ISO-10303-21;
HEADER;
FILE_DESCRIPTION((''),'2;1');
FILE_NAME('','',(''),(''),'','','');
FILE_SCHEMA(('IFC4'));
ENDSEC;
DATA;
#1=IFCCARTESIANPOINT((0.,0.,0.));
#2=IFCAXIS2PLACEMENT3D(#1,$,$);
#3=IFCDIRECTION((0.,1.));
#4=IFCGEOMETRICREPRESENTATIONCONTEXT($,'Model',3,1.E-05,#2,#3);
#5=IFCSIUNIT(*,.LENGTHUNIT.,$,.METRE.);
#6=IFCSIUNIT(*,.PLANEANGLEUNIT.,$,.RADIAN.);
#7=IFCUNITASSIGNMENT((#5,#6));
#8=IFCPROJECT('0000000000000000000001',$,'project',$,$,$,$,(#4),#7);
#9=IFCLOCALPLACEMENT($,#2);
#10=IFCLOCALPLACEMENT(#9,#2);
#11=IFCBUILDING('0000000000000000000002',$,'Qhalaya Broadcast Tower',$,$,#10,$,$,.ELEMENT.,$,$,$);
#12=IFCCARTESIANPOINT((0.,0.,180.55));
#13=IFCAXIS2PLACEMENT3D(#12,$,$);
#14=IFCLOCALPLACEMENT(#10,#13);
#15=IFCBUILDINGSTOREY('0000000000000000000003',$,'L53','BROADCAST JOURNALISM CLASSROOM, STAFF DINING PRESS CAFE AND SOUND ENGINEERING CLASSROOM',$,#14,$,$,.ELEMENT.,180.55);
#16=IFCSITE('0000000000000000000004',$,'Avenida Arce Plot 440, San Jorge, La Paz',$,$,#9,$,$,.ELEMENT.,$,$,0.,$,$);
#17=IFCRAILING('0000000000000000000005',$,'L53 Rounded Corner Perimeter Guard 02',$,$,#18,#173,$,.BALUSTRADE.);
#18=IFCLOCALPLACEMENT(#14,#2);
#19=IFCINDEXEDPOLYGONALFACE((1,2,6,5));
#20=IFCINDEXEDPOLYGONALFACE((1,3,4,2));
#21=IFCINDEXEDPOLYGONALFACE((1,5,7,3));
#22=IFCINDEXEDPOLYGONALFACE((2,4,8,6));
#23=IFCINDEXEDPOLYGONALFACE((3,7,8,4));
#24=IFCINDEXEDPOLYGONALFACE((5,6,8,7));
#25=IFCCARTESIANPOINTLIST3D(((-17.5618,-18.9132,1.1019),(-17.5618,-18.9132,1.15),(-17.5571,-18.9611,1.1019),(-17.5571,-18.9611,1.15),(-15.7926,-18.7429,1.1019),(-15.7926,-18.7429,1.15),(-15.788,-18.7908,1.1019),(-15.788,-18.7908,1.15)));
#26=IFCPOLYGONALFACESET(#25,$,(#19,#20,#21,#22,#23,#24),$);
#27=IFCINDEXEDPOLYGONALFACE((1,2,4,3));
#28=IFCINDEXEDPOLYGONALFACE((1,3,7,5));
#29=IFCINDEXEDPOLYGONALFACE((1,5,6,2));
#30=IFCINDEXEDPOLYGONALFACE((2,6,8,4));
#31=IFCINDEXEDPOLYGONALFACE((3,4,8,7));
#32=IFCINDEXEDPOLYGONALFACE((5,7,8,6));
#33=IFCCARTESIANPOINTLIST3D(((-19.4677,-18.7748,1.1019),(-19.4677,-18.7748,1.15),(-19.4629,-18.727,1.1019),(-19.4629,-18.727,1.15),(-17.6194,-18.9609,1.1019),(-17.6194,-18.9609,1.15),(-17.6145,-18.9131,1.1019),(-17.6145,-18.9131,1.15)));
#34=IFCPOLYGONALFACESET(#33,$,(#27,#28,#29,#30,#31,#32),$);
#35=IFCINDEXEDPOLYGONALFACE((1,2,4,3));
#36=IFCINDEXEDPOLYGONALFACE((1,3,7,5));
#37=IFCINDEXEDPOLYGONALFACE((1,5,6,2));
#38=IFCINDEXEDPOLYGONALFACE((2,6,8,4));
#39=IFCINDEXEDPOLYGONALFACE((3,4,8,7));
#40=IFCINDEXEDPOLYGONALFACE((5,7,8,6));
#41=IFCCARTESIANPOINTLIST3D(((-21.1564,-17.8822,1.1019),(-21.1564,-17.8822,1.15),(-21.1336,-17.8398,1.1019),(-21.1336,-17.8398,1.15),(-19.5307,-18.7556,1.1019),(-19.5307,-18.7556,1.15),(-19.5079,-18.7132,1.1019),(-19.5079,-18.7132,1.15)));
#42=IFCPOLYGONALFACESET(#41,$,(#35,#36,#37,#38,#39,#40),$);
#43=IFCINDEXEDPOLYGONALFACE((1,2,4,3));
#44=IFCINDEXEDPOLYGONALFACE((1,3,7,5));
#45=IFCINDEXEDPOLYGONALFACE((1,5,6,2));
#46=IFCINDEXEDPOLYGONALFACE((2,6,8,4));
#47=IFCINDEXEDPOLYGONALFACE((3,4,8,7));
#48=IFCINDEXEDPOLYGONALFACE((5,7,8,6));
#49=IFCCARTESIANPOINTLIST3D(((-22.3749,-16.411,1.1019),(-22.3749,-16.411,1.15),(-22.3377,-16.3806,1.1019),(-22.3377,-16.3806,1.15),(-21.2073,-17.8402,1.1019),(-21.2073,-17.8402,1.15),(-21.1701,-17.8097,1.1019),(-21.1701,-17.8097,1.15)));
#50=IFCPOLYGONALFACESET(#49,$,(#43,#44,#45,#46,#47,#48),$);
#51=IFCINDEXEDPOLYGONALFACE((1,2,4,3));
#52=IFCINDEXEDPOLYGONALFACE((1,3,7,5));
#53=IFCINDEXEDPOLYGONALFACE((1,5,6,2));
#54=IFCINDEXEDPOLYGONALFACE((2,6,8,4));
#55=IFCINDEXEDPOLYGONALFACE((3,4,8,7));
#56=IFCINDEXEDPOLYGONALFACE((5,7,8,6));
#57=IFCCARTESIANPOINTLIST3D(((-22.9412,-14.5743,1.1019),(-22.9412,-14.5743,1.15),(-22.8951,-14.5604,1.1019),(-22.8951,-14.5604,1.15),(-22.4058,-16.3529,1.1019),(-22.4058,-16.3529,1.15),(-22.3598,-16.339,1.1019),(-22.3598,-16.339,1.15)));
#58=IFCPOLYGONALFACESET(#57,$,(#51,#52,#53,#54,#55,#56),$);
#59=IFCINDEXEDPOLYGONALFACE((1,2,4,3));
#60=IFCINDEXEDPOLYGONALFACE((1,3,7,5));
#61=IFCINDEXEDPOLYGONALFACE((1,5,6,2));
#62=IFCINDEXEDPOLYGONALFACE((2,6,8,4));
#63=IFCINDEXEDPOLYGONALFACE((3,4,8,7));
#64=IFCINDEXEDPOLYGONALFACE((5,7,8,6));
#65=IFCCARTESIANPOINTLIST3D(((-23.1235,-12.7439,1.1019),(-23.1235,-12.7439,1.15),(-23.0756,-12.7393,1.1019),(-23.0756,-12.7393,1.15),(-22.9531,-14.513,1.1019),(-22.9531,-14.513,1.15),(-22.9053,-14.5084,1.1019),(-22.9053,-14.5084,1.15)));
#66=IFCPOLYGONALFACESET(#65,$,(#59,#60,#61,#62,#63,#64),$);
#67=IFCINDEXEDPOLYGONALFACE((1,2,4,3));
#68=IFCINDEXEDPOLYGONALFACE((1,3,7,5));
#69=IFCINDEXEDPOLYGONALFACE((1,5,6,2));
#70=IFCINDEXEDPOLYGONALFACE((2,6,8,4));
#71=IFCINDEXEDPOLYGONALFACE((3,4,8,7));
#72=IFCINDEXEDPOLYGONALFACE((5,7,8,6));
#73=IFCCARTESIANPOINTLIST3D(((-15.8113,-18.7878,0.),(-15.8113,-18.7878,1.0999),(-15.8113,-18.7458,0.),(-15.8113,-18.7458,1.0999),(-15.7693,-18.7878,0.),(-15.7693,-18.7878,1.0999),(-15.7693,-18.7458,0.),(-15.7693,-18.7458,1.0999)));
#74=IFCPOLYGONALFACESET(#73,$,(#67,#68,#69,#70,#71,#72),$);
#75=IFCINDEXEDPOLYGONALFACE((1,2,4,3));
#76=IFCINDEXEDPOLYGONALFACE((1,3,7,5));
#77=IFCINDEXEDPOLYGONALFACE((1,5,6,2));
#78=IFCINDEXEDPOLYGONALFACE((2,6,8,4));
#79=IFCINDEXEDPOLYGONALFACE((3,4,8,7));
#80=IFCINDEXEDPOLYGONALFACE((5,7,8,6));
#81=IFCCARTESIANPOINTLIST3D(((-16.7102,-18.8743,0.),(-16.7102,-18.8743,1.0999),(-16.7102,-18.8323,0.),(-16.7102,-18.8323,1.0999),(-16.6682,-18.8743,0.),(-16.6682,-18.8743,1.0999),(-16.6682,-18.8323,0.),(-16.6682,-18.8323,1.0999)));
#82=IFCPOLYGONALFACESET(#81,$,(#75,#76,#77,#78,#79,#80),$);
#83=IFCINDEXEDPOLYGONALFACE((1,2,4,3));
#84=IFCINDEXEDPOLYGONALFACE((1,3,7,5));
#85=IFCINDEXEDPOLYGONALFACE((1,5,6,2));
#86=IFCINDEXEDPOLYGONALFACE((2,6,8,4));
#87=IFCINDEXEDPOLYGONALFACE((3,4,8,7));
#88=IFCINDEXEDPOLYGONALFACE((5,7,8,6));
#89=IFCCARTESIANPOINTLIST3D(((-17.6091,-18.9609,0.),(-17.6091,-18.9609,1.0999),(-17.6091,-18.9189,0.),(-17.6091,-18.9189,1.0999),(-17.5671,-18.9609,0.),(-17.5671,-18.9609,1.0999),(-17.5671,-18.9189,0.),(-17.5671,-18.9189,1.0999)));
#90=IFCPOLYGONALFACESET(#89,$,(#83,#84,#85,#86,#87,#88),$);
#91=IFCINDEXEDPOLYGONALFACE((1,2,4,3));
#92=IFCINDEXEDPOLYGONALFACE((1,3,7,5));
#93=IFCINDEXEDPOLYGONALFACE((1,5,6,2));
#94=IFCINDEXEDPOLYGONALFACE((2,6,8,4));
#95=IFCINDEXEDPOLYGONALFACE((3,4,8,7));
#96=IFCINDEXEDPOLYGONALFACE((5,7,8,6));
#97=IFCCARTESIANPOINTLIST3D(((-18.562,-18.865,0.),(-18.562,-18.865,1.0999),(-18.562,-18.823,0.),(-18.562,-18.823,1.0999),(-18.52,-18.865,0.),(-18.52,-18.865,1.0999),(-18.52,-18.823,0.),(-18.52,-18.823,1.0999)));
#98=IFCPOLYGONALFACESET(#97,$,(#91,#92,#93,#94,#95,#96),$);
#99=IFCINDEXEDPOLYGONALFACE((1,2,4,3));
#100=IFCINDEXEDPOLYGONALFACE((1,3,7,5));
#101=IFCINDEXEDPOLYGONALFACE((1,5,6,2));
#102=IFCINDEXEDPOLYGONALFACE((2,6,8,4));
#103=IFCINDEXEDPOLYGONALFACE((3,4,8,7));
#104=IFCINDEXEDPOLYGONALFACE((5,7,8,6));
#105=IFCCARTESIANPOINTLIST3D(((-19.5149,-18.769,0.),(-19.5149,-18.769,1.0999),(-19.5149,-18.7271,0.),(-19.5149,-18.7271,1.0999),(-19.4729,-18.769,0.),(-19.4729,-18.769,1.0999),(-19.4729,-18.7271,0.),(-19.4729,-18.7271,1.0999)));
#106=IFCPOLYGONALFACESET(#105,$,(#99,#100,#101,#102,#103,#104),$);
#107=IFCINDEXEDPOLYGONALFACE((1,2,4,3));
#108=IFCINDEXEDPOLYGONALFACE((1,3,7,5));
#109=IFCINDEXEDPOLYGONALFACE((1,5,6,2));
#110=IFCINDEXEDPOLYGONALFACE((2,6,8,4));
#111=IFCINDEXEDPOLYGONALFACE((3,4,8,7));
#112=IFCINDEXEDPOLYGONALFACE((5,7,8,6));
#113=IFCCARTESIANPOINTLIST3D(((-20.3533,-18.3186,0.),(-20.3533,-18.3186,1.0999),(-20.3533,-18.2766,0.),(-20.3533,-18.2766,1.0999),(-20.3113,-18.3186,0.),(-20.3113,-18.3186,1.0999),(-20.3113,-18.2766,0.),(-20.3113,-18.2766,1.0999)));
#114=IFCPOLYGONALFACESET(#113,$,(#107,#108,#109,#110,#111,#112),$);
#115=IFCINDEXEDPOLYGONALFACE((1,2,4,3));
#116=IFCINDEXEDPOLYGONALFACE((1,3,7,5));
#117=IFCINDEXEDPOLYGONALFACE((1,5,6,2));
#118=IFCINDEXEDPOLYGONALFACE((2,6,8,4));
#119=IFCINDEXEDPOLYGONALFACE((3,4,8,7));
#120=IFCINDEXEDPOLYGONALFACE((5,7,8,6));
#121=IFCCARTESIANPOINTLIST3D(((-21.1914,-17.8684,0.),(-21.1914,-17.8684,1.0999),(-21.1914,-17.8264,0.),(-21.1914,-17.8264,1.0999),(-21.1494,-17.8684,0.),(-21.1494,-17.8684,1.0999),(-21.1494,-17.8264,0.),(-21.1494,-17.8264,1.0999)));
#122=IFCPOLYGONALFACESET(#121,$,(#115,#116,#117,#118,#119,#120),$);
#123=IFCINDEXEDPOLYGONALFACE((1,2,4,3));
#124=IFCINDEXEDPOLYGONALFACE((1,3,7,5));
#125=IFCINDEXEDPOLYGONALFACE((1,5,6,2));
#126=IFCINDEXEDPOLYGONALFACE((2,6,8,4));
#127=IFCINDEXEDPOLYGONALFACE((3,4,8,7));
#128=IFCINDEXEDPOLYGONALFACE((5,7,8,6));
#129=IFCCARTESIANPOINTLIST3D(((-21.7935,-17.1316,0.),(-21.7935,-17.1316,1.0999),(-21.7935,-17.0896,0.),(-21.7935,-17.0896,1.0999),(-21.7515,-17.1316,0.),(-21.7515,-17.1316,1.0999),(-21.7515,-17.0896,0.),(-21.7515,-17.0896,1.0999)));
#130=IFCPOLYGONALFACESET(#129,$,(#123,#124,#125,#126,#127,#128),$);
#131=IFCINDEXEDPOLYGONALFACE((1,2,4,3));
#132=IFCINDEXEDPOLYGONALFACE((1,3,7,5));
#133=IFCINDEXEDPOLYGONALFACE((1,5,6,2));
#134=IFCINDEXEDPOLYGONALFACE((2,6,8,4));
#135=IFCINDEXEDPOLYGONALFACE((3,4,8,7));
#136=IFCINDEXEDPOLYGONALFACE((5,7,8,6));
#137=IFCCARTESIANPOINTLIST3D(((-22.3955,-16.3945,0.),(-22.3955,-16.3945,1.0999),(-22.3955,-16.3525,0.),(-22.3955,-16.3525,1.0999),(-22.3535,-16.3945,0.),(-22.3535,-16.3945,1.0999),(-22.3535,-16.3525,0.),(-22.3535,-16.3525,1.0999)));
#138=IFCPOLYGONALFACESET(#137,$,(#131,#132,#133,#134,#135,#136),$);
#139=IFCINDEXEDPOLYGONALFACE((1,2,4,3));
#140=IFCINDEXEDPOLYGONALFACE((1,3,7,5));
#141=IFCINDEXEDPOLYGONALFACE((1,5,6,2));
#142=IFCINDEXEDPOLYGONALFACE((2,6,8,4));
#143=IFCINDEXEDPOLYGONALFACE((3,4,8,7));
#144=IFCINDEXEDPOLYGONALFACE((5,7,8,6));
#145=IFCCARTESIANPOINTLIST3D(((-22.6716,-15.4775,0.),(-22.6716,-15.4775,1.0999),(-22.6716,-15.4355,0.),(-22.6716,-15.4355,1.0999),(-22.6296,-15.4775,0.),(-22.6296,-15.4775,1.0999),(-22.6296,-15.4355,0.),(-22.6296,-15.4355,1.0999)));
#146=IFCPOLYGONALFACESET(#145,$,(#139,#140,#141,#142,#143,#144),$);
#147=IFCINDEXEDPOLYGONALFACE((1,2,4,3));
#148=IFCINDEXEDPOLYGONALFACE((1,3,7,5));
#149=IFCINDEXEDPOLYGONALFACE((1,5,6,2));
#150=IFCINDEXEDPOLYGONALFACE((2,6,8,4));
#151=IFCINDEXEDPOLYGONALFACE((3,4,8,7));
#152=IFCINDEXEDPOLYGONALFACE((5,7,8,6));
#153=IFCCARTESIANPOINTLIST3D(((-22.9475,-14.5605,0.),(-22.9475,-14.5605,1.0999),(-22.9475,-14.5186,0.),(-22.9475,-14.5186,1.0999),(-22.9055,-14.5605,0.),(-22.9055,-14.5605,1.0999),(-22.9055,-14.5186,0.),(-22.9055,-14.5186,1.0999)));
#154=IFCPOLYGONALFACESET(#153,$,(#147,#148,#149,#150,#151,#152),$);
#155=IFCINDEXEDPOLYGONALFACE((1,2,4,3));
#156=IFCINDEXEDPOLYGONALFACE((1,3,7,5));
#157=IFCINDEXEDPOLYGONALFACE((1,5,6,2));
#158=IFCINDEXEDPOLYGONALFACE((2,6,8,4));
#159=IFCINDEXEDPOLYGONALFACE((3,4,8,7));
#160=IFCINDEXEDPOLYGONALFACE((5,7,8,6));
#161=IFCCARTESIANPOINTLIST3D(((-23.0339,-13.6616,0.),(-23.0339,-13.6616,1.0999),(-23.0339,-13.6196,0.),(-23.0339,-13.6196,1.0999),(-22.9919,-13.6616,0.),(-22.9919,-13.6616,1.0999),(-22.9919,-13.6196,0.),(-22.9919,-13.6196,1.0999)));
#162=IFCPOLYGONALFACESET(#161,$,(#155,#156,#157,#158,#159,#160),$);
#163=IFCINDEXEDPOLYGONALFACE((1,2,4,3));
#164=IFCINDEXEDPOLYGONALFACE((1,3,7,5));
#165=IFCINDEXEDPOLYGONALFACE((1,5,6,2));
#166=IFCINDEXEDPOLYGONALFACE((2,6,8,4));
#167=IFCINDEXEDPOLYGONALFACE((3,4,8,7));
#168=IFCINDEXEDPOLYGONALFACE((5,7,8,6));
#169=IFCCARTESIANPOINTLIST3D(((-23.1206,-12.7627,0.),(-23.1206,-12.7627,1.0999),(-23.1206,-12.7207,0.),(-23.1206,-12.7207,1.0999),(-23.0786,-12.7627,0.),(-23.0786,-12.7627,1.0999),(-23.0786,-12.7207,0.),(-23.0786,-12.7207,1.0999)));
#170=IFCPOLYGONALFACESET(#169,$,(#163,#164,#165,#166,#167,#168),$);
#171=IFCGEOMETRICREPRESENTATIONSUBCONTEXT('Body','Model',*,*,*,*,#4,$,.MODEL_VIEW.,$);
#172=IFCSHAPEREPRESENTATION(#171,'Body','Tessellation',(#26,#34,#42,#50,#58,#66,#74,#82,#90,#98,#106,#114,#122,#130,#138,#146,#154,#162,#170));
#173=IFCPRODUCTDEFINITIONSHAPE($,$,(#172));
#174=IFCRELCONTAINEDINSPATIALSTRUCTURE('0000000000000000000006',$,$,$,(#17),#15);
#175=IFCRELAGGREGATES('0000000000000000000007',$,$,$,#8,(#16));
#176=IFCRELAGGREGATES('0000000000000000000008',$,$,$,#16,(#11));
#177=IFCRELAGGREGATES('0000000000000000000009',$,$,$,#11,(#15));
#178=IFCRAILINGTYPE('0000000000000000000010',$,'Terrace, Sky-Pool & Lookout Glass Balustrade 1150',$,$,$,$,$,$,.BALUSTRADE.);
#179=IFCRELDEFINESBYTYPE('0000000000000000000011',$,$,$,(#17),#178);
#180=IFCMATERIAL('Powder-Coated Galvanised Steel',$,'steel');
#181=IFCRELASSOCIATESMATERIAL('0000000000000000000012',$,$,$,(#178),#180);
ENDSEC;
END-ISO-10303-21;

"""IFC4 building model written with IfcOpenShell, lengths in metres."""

from ifc_helpers import new_model, si_unit, direction, frame, origin, origin_2d, place, context, subcontext, project, spatial, rectangle, extrude, material, type_object, element, save


model = new_model("IFC4")

# Units and contexts
model_context = context("Model", 3, precision=1e-05, world=origin(), true_north=direction((0.0, 1.0)))
body_context = subcontext(model_context, "Body", "Model", "MODEL_VIEW")
ifc_project = project(units=[si_unit("LENGTHUNIT", "METRE"), si_unit("PLANEANGLEUNIT", "RADIAN")], contexts=[model_context])

# Site, building, storey
site_placement = place(None, origin())
site = spatial("IfcSite", under=ifc_project, at=site_placement, Name="Avenida Arce Plot 440, San Jorge, La Paz", CompositionType="ELEMENT", RefElevation=0.0)
building_placement = place(site_placement, origin())
building = spatial("IfcBuilding", under=site, at=building_placement, Name="Qhalaya Broadcast Tower", CompositionType="ELEMENT")
storey_placement = place(building_placement, frame((0.0, 0.0, 180.55)))
storey = spatial("IfcBuildingStorey", under=building, at=storey_placement, Name="L53", Description="BROADCAST JOURNALISM CLASSROOM, STAFF DINING PRESS CAFE AND SOUND ENGINEERING CLASSROOM", CompositionType="ELEMENT", Elevation=180.55)

# Railing
ifc_material_1 = material(Name="Powder-Coated Galvanised Steel", Category="steel")
railing_type = type_object("IfcRailingType", Name="Terrace, Sky-Pool & Lookout Glass Balustrade 1150", PredefinedType="BALUSTRADE", material=ifc_material_1)
railing_placement = place(storey_placement, frame((-15.7903, -18.7668, 0.0)))
element("IfcRailing", 1, at=railing_placement, inside=storey, type_object=railing_type, Name="L53 Rounded Corner Perimeter Guard 02", PredefinedType="BALUSTRADE", context=body_context, shape_type="SweptSolid", body=[
    extrude(rectangle(XDim=0.0481, YDim=0.0481, at=origin_2d()), frame((0.0, 0.0, 1.126), z_axis=(-0.995397, -0.095836, 0.0), x_axis=(0.095836, -0.995397, 0.0)), (0.0, 0.0, 1.0), 1.7773),
    extrude(rectangle(XDim=0.0481, YDim=0.0481, at=origin_2d()), frame((-1.8267, -0.1702, 1.126), z_axis=(-0.994969, 0.100185, 0.0), x_axis=(-0.100185, -0.994969, 0.0)), (0.0, 0.0, 1.0), 1.8577),
    extrude(rectangle(XDim=0.0481, YDim=0.0481, at=origin_2d()), frame((-3.729, 0.0325, 1.126), z_axis=(-0.880932, 0.473243, 0.0), x_axis=(-0.473243, -0.880932, 0.0)), (0.0, 0.0, 1.0), 1.8455),
    extrude(rectangle(XDim=0.0481, YDim=0.0481, at=origin_2d()), frame((-5.3984, 0.9419, 1.126), z_axis=(-0.632672, 0.77442, 0.0), x_axis=(-0.77442, -0.632672, 0.0)), (0.0, 0.0, 1.0), 1.8455),
    extrude(rectangle(XDim=0.0481, YDim=0.0481, at=origin_2d()), frame((-6.5925, 2.4209, 1.126), z_axis=(-0.288213, 0.957566, 0.0), x_axis=(-0.957566, -0.288213, 0.0)), (0.0, 0.0, 1.0), 1.8574),
    extrude(rectangle(XDim=0.0481, YDim=0.0481, at=origin_2d()), frame((-7.1389, 4.2561, 1.126), z_axis=(-0.095836, 0.995397, 0.0), x_axis=(-0.995397, -0.095836, 0.0)), (0.0, 0.0, 1.0), 1.7773),
    extrude(rectangle(XDim=0.042, YDim=0.042, at=origin_2d()), origin(), (0.0, 0.0, 1.0), 1.0999),
    extrude(rectangle(XDim=0.042, YDim=0.042, at=origin_2d()), frame((-0.8989, -0.0864, 0.0)), (0.0, 0.0, 1.0), 1.0999),
    extrude(rectangle(XDim=0.042, YDim=0.042, at=origin_2d()), frame((-1.7979, -0.1731, 0.0)), (0.0, 0.0, 1.0), 1.0999),
    extrude(rectangle(XDim=0.042, YDim=0.042, at=origin_2d()), frame((-2.7507, -0.0771, 0.0)), (0.0, 0.0, 1.0), 1.0999),
    extrude(rectangle(XDim=0.042, YDim=0.042, at=origin_2d()), frame((-3.7036, 0.0188, 0.0)), (0.0, 0.0, 1.0), 1.0999),
    extrude(rectangle(XDim=0.042, YDim=0.042, at=origin_2d()), frame((-4.542, 0.4692, 0.0)), (0.0, 0.0, 1.0), 1.0999),
    extrude(rectangle(XDim=0.042, YDim=0.042, at=origin_2d()), frame((-5.3801, 0.9194, 0.0)), (0.0, 0.0, 1.0), 1.0999),
    extrude(rectangle(XDim=0.042, YDim=0.042, at=origin_2d()), frame((-5.9822, 1.6562, 0.0)), (0.0, 0.0, 1.0), 1.0999),
    extrude(rectangle(XDim=0.042, YDim=0.042, at=origin_2d()), frame((-6.5842, 2.3933, 0.0)), (0.0, 0.0, 1.0), 1.0999),
    extrude(rectangle(XDim=0.042, YDim=0.042, at=origin_2d()), frame((-6.8604, 3.3103, 0.0)), (0.0, 0.0, 1.0), 1.0999),
    extrude(rectangle(XDim=0.042, YDim=0.042, at=origin_2d()), frame((-7.1362, 4.2273, 0.0)), (0.0, 0.0, 1.0), 1.0999),
    extrude(rectangle(XDim=0.042, YDim=0.042, at=origin_2d()), frame((-7.2227, 5.1262, 0.0)), (0.0, 0.0, 1.0), 1.0999),
    extrude(rectangle(XDim=0.042, YDim=0.042, at=origin_2d()), frame((-7.3093, 6.0251, 0.0)), (0.0, 0.0, 1.0), 1.0999),
])

save(model, "model.ifc")
